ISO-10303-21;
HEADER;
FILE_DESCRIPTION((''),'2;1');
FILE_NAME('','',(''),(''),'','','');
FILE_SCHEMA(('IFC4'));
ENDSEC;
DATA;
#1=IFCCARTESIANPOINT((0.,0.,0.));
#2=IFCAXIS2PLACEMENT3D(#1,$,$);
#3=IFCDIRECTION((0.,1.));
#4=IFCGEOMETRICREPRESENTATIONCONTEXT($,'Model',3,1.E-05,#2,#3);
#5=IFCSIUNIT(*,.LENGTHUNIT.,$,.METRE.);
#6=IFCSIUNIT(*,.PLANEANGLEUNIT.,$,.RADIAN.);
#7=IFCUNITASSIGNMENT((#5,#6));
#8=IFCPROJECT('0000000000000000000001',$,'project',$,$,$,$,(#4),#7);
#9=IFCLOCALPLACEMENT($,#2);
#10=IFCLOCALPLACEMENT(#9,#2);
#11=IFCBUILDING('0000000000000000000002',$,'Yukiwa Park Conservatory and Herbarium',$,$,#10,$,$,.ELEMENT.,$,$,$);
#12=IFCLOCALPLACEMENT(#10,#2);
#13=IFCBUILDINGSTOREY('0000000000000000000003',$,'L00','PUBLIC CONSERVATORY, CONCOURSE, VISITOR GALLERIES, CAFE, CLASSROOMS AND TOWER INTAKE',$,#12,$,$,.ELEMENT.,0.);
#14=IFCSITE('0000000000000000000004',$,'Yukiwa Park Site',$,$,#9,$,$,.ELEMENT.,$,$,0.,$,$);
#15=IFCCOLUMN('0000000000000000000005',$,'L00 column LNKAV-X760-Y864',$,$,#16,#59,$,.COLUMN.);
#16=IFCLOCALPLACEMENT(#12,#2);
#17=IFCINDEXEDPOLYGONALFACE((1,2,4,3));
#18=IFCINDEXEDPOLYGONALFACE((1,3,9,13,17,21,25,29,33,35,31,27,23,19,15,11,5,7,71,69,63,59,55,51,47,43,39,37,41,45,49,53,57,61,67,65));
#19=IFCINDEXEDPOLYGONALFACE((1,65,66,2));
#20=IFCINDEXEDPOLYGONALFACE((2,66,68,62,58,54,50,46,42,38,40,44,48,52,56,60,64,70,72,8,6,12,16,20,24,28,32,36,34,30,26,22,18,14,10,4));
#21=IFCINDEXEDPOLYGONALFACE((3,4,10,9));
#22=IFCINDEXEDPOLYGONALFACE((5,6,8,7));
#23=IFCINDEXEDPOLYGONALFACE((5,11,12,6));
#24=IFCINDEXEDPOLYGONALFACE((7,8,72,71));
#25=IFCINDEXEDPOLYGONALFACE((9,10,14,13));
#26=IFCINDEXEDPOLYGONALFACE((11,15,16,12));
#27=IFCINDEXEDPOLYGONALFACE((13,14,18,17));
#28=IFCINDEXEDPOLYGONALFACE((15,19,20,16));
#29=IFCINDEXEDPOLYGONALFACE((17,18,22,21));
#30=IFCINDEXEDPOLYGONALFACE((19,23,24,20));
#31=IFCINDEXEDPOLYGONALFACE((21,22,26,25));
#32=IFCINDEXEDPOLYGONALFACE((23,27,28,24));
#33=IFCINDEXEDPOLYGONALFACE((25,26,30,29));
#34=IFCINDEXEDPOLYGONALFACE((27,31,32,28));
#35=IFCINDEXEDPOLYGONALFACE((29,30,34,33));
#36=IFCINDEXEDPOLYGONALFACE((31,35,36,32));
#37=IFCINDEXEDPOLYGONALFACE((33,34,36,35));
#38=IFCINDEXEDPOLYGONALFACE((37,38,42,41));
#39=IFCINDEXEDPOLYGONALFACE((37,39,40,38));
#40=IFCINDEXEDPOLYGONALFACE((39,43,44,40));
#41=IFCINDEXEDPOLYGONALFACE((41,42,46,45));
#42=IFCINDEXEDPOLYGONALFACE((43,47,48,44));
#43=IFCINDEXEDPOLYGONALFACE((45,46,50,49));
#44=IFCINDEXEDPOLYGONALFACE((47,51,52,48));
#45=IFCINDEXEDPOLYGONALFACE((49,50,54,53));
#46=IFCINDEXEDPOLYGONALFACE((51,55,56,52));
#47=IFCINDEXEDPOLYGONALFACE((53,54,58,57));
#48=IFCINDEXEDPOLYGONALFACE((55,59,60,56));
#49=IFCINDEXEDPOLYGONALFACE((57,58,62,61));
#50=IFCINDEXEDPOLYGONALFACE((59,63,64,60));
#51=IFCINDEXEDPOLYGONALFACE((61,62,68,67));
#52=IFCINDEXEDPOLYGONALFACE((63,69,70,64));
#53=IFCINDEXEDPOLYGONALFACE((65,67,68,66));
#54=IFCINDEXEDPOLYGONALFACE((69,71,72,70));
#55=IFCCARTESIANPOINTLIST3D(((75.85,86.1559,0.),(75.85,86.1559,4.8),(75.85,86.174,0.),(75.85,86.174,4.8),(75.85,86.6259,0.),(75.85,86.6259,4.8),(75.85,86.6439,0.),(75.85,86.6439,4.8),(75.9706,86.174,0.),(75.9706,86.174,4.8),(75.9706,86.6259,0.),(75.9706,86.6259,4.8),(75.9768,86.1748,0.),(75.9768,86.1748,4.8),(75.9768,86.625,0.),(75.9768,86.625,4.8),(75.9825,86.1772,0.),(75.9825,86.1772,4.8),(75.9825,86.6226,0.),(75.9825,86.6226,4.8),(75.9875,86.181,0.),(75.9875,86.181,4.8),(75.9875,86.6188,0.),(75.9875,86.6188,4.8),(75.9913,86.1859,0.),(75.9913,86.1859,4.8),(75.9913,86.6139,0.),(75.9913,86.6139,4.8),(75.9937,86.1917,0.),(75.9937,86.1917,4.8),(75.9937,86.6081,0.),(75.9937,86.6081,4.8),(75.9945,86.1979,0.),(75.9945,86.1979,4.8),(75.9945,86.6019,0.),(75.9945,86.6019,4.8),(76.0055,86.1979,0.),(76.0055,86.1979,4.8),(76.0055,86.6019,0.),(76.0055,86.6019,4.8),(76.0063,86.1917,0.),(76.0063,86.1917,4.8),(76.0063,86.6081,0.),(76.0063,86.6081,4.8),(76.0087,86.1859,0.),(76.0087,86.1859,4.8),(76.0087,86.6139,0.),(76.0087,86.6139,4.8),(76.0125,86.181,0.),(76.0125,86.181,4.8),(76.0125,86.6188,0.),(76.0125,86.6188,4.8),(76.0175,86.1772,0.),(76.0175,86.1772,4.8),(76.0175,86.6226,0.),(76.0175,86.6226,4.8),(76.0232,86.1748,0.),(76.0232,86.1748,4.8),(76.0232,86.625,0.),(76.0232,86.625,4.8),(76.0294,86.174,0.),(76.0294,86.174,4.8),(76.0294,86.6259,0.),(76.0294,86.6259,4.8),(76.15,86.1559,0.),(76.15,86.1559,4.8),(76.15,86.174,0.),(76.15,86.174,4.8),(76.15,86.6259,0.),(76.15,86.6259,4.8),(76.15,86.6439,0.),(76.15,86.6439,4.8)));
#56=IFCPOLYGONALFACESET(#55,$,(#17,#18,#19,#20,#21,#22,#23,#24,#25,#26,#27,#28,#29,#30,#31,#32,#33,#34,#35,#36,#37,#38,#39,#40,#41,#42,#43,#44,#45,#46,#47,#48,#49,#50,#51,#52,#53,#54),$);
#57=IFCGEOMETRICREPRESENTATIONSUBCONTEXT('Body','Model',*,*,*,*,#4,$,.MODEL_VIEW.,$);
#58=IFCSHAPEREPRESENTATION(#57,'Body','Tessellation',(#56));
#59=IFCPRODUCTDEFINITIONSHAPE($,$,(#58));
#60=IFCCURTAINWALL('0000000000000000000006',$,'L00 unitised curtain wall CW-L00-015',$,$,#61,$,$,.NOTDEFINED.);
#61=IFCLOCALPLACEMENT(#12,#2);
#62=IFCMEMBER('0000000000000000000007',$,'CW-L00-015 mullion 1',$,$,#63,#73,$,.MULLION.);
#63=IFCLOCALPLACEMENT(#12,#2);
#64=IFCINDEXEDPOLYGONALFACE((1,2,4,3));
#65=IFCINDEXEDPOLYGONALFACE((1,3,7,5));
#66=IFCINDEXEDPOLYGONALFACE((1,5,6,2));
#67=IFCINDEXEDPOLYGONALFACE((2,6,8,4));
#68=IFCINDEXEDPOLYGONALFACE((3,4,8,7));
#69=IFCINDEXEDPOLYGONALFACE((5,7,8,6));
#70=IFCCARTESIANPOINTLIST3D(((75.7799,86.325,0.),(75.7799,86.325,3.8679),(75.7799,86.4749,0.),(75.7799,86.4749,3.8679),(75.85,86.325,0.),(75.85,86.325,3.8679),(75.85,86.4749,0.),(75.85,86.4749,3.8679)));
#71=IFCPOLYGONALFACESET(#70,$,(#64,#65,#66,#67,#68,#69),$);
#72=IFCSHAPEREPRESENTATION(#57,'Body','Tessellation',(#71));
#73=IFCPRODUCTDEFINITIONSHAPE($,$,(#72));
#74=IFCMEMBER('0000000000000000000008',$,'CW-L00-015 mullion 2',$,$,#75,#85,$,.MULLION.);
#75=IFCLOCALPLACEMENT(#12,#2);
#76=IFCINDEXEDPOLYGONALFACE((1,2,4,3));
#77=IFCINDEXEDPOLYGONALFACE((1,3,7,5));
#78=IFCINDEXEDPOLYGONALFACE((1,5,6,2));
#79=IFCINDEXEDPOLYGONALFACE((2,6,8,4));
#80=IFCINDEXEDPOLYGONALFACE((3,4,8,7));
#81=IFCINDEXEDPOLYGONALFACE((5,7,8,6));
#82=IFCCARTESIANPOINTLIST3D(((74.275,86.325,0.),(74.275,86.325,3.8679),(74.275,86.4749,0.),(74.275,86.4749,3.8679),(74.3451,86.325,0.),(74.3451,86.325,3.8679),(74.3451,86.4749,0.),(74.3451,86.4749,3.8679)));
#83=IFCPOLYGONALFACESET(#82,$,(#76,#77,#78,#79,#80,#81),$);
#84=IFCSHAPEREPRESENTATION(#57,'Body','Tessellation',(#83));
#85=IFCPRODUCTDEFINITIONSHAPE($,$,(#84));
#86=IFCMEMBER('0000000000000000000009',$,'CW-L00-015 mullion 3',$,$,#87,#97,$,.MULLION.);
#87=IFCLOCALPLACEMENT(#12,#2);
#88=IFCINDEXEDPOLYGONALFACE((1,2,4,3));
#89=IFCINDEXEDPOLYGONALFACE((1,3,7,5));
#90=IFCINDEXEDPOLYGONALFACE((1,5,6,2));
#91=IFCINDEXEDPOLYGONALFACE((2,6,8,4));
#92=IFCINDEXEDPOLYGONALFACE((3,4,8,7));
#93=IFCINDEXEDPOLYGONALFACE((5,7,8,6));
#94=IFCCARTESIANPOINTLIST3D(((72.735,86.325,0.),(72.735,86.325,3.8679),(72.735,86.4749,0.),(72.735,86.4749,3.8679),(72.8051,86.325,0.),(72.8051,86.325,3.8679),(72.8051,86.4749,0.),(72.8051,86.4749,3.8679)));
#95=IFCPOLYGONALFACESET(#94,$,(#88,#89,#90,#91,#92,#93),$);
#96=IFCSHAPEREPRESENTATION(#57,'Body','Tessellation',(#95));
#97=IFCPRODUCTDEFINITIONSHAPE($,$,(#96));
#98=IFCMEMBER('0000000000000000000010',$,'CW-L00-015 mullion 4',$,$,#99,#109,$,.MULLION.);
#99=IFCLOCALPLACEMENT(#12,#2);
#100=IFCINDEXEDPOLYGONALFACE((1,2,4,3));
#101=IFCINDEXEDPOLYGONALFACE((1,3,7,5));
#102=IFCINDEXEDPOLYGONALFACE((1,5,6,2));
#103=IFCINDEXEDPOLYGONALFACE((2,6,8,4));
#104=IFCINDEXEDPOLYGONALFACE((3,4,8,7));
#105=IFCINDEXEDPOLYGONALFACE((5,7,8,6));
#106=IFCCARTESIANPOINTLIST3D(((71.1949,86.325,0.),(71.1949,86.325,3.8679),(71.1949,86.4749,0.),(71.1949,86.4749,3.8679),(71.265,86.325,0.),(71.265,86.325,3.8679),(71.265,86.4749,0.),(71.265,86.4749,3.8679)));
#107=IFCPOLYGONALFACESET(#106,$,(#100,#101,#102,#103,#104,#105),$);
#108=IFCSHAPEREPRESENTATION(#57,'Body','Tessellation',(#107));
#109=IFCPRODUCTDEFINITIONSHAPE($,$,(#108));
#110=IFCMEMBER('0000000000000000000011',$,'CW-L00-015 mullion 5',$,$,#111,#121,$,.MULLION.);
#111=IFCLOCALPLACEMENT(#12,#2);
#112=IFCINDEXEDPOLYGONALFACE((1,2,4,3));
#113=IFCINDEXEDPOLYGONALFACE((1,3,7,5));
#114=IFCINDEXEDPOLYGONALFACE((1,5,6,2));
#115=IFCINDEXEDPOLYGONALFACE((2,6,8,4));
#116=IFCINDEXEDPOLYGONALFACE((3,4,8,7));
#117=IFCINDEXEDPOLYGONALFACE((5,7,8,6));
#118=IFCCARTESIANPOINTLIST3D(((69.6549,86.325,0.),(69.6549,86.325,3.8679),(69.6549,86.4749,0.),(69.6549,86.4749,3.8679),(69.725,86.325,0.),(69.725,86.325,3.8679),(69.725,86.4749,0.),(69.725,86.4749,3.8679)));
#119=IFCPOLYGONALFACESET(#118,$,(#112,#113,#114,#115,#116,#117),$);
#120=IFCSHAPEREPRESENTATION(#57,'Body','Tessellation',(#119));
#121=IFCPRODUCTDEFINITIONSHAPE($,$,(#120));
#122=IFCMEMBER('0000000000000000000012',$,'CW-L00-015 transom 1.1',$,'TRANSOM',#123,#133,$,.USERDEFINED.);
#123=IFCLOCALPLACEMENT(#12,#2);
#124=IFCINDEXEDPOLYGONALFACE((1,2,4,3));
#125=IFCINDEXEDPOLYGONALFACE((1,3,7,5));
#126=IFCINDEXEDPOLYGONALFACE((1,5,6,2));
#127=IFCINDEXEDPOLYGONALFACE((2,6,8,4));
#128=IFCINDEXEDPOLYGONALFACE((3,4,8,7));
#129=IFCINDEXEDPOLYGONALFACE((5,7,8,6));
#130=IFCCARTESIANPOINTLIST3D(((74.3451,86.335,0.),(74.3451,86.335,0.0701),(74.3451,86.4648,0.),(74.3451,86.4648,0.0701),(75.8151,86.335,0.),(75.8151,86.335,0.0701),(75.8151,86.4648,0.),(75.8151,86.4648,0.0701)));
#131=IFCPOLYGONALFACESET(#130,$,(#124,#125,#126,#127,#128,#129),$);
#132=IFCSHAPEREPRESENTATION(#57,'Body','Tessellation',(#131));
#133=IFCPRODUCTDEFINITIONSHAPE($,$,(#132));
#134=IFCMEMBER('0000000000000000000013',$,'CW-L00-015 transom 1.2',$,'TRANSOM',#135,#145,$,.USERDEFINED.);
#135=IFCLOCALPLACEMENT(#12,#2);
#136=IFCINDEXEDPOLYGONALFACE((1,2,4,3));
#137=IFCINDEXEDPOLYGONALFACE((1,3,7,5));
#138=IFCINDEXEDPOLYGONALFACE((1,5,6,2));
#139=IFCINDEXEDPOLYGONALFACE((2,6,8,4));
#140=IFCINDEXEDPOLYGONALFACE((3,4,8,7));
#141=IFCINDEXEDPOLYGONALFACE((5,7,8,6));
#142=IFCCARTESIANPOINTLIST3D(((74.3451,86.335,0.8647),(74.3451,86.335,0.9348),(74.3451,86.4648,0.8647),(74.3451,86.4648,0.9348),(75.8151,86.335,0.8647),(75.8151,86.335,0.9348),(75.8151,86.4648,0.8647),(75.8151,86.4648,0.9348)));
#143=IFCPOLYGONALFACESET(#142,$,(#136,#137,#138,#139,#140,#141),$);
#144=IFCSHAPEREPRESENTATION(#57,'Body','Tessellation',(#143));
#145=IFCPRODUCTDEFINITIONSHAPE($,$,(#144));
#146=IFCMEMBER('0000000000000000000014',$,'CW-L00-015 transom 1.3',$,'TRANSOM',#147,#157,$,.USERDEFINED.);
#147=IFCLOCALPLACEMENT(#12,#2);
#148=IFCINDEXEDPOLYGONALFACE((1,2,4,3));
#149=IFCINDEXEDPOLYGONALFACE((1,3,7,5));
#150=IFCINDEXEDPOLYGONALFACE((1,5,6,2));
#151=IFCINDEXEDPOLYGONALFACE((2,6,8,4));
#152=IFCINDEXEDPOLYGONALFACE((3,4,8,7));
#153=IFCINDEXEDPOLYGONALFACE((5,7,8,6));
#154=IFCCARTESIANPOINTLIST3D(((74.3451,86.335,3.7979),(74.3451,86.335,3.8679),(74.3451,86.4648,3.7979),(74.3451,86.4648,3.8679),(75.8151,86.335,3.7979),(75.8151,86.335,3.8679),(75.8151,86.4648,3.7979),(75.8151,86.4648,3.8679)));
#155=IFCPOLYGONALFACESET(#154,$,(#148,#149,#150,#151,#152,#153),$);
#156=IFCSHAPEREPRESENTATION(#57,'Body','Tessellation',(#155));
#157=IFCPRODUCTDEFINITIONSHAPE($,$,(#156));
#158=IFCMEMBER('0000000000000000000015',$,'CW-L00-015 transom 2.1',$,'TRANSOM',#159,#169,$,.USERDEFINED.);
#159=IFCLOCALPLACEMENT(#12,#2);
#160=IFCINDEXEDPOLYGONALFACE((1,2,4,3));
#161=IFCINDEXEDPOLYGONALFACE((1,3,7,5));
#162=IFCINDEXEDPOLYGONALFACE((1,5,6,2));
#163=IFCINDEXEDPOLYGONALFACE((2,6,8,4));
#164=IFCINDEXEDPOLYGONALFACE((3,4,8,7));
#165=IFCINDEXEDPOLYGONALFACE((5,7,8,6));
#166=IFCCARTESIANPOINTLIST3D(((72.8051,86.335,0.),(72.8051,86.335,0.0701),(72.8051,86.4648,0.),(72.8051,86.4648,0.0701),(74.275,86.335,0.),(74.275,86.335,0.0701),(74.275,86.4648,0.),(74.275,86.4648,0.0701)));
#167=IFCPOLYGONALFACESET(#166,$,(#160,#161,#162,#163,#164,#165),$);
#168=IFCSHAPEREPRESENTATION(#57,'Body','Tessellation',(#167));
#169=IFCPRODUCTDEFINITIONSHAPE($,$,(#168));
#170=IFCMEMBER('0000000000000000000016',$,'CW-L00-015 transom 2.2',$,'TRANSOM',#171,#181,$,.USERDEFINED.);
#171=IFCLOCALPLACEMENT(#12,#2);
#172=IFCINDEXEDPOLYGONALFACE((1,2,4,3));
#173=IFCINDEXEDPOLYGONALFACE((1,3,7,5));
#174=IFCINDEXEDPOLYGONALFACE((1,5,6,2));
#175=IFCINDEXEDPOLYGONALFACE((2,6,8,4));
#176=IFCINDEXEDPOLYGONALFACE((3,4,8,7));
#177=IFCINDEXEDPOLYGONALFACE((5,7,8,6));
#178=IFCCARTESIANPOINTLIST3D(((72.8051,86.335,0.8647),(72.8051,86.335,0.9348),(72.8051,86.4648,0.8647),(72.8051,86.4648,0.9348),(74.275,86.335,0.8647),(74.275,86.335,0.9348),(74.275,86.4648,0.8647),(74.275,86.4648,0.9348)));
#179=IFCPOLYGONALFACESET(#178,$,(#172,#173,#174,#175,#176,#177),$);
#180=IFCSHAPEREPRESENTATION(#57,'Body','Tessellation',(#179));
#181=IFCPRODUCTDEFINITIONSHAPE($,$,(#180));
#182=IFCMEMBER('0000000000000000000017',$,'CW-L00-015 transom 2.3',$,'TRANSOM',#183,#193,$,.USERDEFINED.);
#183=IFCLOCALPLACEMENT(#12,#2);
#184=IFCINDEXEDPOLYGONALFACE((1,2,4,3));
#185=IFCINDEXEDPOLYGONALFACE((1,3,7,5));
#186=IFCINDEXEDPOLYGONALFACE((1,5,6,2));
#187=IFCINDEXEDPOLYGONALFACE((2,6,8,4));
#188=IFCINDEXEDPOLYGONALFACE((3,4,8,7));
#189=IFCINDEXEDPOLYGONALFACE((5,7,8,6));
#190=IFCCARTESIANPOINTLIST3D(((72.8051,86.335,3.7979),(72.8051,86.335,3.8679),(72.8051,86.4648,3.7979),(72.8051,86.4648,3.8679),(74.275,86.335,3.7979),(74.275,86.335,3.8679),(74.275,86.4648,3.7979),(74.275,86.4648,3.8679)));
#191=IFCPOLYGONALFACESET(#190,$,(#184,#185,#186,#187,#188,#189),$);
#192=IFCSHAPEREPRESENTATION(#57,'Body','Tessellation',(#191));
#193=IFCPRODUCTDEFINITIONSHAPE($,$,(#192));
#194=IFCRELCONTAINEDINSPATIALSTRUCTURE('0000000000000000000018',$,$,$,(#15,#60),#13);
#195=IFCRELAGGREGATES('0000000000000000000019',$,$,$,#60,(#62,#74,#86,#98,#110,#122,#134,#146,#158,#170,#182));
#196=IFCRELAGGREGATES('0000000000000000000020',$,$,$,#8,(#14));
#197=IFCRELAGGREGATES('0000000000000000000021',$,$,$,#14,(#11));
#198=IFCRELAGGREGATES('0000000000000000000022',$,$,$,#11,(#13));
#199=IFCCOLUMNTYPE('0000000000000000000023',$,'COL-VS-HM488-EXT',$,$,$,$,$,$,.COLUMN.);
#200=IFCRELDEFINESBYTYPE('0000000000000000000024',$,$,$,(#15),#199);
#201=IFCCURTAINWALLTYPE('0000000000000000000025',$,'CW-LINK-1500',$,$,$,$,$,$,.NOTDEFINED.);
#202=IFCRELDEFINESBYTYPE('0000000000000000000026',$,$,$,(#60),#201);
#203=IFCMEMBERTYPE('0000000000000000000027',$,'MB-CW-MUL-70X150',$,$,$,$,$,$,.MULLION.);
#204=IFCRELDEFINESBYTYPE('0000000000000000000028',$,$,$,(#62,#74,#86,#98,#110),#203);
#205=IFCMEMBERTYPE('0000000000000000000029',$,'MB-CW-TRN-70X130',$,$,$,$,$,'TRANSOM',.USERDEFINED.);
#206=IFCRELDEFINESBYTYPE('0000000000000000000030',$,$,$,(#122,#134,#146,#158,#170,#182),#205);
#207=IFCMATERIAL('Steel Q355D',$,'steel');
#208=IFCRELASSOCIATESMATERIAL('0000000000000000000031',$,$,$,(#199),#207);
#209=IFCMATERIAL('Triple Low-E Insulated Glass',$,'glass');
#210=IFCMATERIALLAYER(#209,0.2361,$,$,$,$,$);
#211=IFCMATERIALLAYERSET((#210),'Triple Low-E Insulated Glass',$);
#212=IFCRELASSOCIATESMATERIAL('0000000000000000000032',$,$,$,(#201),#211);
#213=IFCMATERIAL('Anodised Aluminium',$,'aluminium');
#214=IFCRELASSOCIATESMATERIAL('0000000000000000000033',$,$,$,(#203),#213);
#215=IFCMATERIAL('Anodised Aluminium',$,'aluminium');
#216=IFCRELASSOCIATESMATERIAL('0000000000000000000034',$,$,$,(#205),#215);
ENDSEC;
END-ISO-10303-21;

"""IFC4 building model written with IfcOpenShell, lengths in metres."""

from ifc_helpers import new_model, si_unit, direction, frame, origin, origin_2d, place, context, subcontext, project, spatial, rectangle, i_section, extrude, material, layer, layer_set, material_profile, profile_set, type_object, element, aggregate, save


model = new_model("IFC4")

# Units and contexts
model_context = context("Model", 3, precision=1e-05, world=origin(), true_north=direction((0.0, 1.0)))
body_context = subcontext(model_context, "Body", "Model", "MODEL_VIEW")
ifc_project = project(units=[si_unit("LENGTHUNIT", "METRE"), si_unit("PLANEANGLEUNIT", "RADIAN")], contexts=[model_context])

# Site, building, storey
site_placement = place(None, origin())
site = spatial("IfcSite", under=ifc_project, at=site_placement, Name="Yukiwa Park Site", CompositionType="ELEMENT", RefElevation=0.0)
building_placement = place(site_placement, origin())
building = spatial("IfcBuilding", under=site, at=building_placement, Name="Yukiwa Park Conservatory and Herbarium", CompositionType="ELEMENT")
storey_placement = place(building_placement, origin())
storey = spatial("IfcBuildingStorey", under=building, at=storey_placement, Name="L00", Description="PUBLIC CONSERVATORY, CONCOURSE, VISITOR GALLERIES, CAFE, CLASSROOMS AND TOWER INTAKE", CompositionType="ELEMENT", Elevation=0.0)

# Column
ifc_material_1 = material(Name="Steel Q355D", Category="steel")
ifc_material_profile = material_profile(ifc_material_1, i_section(OverallWidth=0.3, OverallDepth=0.488, WebThickness=0.011, FlangeThickness=0.0181, FilletRadius=0.0239, at=origin_2d()), Name="HM 488x300x11x18")
ifc_profile_set = profile_set([ifc_material_profile], Name="Steel Q355D")
column_type = type_object("IfcColumnType", Name="COL-VS-HM488-EXT", PredefinedType="COLUMN", material=ifc_profile_set)
column_placement = place(storey_placement, frame((76.0, 86.3999, 0.0), z_axis=(0.0, 0.0, 1.0), x_axis=(1.0, 0.0, 0.0)))
element("IfcColumn", 1, at=column_placement, inside=storey, type_object=column_type, Name="L00 column LNKAV-X760-Y864", PredefinedType="COLUMN", context=body_context, shape_type="SweptSolid", body=[
    extrude(i_section(OverallWidth=0.3, OverallDepth=0.488, WebThickness=0.011, FlangeThickness=0.0181, FilletRadius=0.0239, at=origin_2d()), origin(), (0.0, 0.0, 1.0), 4.8),
])

# Curtain wall, members
ifc_material_2 = material(Name="Triple Low-E Insulated Glass", Category="glass")
ifc_layer_1 = layer(ifc_material_2, 0.2361)
ifc_layer_set_1 = layer_set([ifc_layer_1], Name="Triple Low-E Insulated Glass")
curtain_wall_type = type_object("IfcCurtainWallType", Name="CW-LINK-1500", PredefinedType="NOTDEFINED", material=ifc_layer_set_1)
curtain_wall_placement = place(storey_placement, origin())
curtain_wall = element("IfcCurtainWall", 2, at=curtain_wall_placement, inside=storey, type_object=curtain_wall_type, Name="L00 unitised curtain wall CW-L00-015", PredefinedType="NOTDEFINED")
ifc_material_3 = material(Name="Anodised Aluminium", Category="aluminium")
member_type_1 = type_object("IfcMemberType", Name="MB-CW-MUL-70X150", PredefinedType="MULLION", material=ifc_material_3)
member_1_placement = place(storey_placement, frame((75.8149, 86.3999, 0.0), z_axis=(0.0, 0.0, 1.0), x_axis=(-1.0, 0.0, 0.0)))
member_1 = element("IfcMember", 3, at=member_1_placement, type_object=member_type_1, Name="CW-L00-015 mullion 1", PredefinedType="MULLION", context=body_context, shape_type="SweptSolid", body=[
    extrude(rectangle(XDim=0.0701, YDim=0.1499, at=origin_2d()), origin(), (0.0, 0.0, 1.0), 3.8679),
])
member_2_placement = place(storey_placement, frame((74.3101, 86.3999, 0.0), z_axis=(0.0, 0.0, 1.0), x_axis=(-1.0, 0.0, 0.0)))
member_2 = element("IfcMember", 4, at=member_2_placement, type_object=member_type_1, Name="CW-L00-015 mullion 2", PredefinedType="MULLION", context=body_context, shape_type="SweptSolid", body=[
    extrude(rectangle(XDim=0.0701, YDim=0.1499, at=origin_2d()), origin(), (0.0, 0.0, 1.0), 3.8679),
])
member_3_placement = place(storey_placement, frame((72.77, 86.3999, 0.0), z_axis=(0.0, 0.0, 1.0), x_axis=(-1.0, 0.0, 0.0)))
member_3 = element("IfcMember", 5, at=member_3_placement, type_object=member_type_1, Name="CW-L00-015 mullion 3", PredefinedType="MULLION", context=body_context, shape_type="SweptSolid", body=[
    extrude(rectangle(XDim=0.0701, YDim=0.1499, at=origin_2d()), origin(), (0.0, 0.0, 1.0), 3.8679),
])
member_4_placement = place(storey_placement, frame((71.23, 86.3999, 0.0), z_axis=(0.0, 0.0, 1.0), x_axis=(-1.0, 0.0, 0.0)))
member_4 = element("IfcMember", 6, at=member_4_placement, type_object=member_type_1, Name="CW-L00-015 mullion 4", PredefinedType="MULLION", context=body_context, shape_type="SweptSolid", body=[
    extrude(rectangle(XDim=0.0701, YDim=0.1499, at=origin_2d()), origin(), (0.0, 0.0, 1.0), 3.8679),
])
member_5_placement = place(storey_placement, frame((69.6899, 86.3999, 0.0), z_axis=(0.0, 0.0, 1.0), x_axis=(-1.0, 0.0, 0.0)))
member_5 = element("IfcMember", 7, at=member_5_placement, type_object=member_type_1, Name="CW-L00-015 mullion 5", PredefinedType="MULLION", context=body_context, shape_type="SweptSolid", body=[
    extrude(rectangle(XDim=0.0701, YDim=0.1499, at=origin_2d()), origin(), (0.0, 0.0, 1.0), 3.8679),
])
ifc_material_4 = material(Name="Anodised Aluminium", Category="aluminium")
member_type_2 = type_object("IfcMemberType", Name="MB-CW-TRN-70X130", ElementType="TRANSOM", PredefinedType="USERDEFINED", material=ifc_material_4)
member_6_placement = place(storey_placement, frame((75.0801, 86.3999, 0.0), z_axis=(0.0, 0.0, 1.0), x_axis=(-1.0, 0.0, 0.0)))
member_6 = element("IfcMember", 8, at=member_6_placement, type_object=member_type_2, Name="CW-L00-015 transom 1.1", ObjectType="TRANSOM", PredefinedType="USERDEFINED", context=body_context, shape_type="SweptSolid", body=[
    extrude(rectangle(XDim=1.47, YDim=0.1299, at=origin_2d()), origin(), (0.0, 0.0, 1.0), 0.0701),
])
member_7_placement = place(storey_placement, frame((75.0801, 86.3999, 0.8647), z_axis=(0.0, 0.0, 1.0), x_axis=(-1.0, 0.0, 0.0)))
member_7 = element("IfcMember", 9, at=member_7_placement, type_object=member_type_2, Name="CW-L00-015 transom 1.2", ObjectType="TRANSOM", PredefinedType="USERDEFINED", context=body_context, shape_type="SweptSolid", body=[
    extrude(rectangle(XDim=1.47, YDim=0.1299, at=origin_2d()), origin(), (0.0, 0.0, 1.0), 0.0701),
])
member_8_placement = place(storey_placement, frame((75.0801, 86.3999, 3.7979), z_axis=(0.0, 0.0, 1.0), x_axis=(-1.0, 0.0, 0.0)))
member_8 = element("IfcMember", 10, at=member_8_placement, type_object=member_type_2, Name="CW-L00-015 transom 1.3", ObjectType="TRANSOM", PredefinedType="USERDEFINED", context=body_context, shape_type="SweptSolid", body=[
    extrude(rectangle(XDim=1.47, YDim=0.1299, at=origin_2d()), origin(), (0.0, 0.0, 1.0), 0.0701),
])
member_9_placement = place(storey_placement, frame((73.54, 86.3999, 0.0), z_axis=(0.0, 0.0, 1.0), x_axis=(-1.0, 0.0, 0.0)))
member_9 = element("IfcMember", 11, at=member_9_placement, type_object=member_type_2, Name="CW-L00-015 transom 2.1", ObjectType="TRANSOM", PredefinedType="USERDEFINED", context=body_context, shape_type="SweptSolid", body=[
    extrude(rectangle(XDim=1.47, YDim=0.1299, at=origin_2d()), origin(), (0.0, 0.0, 1.0), 0.0701),
])
member_10_placement = place(storey_placement, frame((73.54, 86.3999, 0.8647), z_axis=(0.0, 0.0, 1.0), x_axis=(-1.0, 0.0, 0.0)))
member_10 = element("IfcMember", 12, at=member_10_placement, type_object=member_type_2, Name="CW-L00-015 transom 2.2", ObjectType="TRANSOM", PredefinedType="USERDEFINED", context=body_context, shape_type="SweptSolid", body=[
    extrude(rectangle(XDim=1.47, YDim=0.1299, at=origin_2d()), origin(), (0.0, 0.0, 1.0), 0.0701),
])
member_11_placement = place(storey_placement, frame((73.54, 86.3999, 3.7979), z_axis=(0.0, 0.0, 1.0), x_axis=(-1.0, 0.0, 0.0)))
member_11 = element("IfcMember", 13, at=member_11_placement, type_object=member_type_2, Name="CW-L00-015 transom 2.3", ObjectType="TRANSOM", PredefinedType="USERDEFINED", context=body_context, shape_type="SweptSolid", body=[
    extrude(rectangle(XDim=1.47, YDim=0.1299, at=origin_2d()), origin(), (0.0, 0.0, 1.0), 0.0701),
])
aggregate(curtain_wall, [member_1, member_2, member_3, member_4, member_5, member_6, member_7, member_8, member_9, member_10, member_11])

save(model, "model.ifc")
